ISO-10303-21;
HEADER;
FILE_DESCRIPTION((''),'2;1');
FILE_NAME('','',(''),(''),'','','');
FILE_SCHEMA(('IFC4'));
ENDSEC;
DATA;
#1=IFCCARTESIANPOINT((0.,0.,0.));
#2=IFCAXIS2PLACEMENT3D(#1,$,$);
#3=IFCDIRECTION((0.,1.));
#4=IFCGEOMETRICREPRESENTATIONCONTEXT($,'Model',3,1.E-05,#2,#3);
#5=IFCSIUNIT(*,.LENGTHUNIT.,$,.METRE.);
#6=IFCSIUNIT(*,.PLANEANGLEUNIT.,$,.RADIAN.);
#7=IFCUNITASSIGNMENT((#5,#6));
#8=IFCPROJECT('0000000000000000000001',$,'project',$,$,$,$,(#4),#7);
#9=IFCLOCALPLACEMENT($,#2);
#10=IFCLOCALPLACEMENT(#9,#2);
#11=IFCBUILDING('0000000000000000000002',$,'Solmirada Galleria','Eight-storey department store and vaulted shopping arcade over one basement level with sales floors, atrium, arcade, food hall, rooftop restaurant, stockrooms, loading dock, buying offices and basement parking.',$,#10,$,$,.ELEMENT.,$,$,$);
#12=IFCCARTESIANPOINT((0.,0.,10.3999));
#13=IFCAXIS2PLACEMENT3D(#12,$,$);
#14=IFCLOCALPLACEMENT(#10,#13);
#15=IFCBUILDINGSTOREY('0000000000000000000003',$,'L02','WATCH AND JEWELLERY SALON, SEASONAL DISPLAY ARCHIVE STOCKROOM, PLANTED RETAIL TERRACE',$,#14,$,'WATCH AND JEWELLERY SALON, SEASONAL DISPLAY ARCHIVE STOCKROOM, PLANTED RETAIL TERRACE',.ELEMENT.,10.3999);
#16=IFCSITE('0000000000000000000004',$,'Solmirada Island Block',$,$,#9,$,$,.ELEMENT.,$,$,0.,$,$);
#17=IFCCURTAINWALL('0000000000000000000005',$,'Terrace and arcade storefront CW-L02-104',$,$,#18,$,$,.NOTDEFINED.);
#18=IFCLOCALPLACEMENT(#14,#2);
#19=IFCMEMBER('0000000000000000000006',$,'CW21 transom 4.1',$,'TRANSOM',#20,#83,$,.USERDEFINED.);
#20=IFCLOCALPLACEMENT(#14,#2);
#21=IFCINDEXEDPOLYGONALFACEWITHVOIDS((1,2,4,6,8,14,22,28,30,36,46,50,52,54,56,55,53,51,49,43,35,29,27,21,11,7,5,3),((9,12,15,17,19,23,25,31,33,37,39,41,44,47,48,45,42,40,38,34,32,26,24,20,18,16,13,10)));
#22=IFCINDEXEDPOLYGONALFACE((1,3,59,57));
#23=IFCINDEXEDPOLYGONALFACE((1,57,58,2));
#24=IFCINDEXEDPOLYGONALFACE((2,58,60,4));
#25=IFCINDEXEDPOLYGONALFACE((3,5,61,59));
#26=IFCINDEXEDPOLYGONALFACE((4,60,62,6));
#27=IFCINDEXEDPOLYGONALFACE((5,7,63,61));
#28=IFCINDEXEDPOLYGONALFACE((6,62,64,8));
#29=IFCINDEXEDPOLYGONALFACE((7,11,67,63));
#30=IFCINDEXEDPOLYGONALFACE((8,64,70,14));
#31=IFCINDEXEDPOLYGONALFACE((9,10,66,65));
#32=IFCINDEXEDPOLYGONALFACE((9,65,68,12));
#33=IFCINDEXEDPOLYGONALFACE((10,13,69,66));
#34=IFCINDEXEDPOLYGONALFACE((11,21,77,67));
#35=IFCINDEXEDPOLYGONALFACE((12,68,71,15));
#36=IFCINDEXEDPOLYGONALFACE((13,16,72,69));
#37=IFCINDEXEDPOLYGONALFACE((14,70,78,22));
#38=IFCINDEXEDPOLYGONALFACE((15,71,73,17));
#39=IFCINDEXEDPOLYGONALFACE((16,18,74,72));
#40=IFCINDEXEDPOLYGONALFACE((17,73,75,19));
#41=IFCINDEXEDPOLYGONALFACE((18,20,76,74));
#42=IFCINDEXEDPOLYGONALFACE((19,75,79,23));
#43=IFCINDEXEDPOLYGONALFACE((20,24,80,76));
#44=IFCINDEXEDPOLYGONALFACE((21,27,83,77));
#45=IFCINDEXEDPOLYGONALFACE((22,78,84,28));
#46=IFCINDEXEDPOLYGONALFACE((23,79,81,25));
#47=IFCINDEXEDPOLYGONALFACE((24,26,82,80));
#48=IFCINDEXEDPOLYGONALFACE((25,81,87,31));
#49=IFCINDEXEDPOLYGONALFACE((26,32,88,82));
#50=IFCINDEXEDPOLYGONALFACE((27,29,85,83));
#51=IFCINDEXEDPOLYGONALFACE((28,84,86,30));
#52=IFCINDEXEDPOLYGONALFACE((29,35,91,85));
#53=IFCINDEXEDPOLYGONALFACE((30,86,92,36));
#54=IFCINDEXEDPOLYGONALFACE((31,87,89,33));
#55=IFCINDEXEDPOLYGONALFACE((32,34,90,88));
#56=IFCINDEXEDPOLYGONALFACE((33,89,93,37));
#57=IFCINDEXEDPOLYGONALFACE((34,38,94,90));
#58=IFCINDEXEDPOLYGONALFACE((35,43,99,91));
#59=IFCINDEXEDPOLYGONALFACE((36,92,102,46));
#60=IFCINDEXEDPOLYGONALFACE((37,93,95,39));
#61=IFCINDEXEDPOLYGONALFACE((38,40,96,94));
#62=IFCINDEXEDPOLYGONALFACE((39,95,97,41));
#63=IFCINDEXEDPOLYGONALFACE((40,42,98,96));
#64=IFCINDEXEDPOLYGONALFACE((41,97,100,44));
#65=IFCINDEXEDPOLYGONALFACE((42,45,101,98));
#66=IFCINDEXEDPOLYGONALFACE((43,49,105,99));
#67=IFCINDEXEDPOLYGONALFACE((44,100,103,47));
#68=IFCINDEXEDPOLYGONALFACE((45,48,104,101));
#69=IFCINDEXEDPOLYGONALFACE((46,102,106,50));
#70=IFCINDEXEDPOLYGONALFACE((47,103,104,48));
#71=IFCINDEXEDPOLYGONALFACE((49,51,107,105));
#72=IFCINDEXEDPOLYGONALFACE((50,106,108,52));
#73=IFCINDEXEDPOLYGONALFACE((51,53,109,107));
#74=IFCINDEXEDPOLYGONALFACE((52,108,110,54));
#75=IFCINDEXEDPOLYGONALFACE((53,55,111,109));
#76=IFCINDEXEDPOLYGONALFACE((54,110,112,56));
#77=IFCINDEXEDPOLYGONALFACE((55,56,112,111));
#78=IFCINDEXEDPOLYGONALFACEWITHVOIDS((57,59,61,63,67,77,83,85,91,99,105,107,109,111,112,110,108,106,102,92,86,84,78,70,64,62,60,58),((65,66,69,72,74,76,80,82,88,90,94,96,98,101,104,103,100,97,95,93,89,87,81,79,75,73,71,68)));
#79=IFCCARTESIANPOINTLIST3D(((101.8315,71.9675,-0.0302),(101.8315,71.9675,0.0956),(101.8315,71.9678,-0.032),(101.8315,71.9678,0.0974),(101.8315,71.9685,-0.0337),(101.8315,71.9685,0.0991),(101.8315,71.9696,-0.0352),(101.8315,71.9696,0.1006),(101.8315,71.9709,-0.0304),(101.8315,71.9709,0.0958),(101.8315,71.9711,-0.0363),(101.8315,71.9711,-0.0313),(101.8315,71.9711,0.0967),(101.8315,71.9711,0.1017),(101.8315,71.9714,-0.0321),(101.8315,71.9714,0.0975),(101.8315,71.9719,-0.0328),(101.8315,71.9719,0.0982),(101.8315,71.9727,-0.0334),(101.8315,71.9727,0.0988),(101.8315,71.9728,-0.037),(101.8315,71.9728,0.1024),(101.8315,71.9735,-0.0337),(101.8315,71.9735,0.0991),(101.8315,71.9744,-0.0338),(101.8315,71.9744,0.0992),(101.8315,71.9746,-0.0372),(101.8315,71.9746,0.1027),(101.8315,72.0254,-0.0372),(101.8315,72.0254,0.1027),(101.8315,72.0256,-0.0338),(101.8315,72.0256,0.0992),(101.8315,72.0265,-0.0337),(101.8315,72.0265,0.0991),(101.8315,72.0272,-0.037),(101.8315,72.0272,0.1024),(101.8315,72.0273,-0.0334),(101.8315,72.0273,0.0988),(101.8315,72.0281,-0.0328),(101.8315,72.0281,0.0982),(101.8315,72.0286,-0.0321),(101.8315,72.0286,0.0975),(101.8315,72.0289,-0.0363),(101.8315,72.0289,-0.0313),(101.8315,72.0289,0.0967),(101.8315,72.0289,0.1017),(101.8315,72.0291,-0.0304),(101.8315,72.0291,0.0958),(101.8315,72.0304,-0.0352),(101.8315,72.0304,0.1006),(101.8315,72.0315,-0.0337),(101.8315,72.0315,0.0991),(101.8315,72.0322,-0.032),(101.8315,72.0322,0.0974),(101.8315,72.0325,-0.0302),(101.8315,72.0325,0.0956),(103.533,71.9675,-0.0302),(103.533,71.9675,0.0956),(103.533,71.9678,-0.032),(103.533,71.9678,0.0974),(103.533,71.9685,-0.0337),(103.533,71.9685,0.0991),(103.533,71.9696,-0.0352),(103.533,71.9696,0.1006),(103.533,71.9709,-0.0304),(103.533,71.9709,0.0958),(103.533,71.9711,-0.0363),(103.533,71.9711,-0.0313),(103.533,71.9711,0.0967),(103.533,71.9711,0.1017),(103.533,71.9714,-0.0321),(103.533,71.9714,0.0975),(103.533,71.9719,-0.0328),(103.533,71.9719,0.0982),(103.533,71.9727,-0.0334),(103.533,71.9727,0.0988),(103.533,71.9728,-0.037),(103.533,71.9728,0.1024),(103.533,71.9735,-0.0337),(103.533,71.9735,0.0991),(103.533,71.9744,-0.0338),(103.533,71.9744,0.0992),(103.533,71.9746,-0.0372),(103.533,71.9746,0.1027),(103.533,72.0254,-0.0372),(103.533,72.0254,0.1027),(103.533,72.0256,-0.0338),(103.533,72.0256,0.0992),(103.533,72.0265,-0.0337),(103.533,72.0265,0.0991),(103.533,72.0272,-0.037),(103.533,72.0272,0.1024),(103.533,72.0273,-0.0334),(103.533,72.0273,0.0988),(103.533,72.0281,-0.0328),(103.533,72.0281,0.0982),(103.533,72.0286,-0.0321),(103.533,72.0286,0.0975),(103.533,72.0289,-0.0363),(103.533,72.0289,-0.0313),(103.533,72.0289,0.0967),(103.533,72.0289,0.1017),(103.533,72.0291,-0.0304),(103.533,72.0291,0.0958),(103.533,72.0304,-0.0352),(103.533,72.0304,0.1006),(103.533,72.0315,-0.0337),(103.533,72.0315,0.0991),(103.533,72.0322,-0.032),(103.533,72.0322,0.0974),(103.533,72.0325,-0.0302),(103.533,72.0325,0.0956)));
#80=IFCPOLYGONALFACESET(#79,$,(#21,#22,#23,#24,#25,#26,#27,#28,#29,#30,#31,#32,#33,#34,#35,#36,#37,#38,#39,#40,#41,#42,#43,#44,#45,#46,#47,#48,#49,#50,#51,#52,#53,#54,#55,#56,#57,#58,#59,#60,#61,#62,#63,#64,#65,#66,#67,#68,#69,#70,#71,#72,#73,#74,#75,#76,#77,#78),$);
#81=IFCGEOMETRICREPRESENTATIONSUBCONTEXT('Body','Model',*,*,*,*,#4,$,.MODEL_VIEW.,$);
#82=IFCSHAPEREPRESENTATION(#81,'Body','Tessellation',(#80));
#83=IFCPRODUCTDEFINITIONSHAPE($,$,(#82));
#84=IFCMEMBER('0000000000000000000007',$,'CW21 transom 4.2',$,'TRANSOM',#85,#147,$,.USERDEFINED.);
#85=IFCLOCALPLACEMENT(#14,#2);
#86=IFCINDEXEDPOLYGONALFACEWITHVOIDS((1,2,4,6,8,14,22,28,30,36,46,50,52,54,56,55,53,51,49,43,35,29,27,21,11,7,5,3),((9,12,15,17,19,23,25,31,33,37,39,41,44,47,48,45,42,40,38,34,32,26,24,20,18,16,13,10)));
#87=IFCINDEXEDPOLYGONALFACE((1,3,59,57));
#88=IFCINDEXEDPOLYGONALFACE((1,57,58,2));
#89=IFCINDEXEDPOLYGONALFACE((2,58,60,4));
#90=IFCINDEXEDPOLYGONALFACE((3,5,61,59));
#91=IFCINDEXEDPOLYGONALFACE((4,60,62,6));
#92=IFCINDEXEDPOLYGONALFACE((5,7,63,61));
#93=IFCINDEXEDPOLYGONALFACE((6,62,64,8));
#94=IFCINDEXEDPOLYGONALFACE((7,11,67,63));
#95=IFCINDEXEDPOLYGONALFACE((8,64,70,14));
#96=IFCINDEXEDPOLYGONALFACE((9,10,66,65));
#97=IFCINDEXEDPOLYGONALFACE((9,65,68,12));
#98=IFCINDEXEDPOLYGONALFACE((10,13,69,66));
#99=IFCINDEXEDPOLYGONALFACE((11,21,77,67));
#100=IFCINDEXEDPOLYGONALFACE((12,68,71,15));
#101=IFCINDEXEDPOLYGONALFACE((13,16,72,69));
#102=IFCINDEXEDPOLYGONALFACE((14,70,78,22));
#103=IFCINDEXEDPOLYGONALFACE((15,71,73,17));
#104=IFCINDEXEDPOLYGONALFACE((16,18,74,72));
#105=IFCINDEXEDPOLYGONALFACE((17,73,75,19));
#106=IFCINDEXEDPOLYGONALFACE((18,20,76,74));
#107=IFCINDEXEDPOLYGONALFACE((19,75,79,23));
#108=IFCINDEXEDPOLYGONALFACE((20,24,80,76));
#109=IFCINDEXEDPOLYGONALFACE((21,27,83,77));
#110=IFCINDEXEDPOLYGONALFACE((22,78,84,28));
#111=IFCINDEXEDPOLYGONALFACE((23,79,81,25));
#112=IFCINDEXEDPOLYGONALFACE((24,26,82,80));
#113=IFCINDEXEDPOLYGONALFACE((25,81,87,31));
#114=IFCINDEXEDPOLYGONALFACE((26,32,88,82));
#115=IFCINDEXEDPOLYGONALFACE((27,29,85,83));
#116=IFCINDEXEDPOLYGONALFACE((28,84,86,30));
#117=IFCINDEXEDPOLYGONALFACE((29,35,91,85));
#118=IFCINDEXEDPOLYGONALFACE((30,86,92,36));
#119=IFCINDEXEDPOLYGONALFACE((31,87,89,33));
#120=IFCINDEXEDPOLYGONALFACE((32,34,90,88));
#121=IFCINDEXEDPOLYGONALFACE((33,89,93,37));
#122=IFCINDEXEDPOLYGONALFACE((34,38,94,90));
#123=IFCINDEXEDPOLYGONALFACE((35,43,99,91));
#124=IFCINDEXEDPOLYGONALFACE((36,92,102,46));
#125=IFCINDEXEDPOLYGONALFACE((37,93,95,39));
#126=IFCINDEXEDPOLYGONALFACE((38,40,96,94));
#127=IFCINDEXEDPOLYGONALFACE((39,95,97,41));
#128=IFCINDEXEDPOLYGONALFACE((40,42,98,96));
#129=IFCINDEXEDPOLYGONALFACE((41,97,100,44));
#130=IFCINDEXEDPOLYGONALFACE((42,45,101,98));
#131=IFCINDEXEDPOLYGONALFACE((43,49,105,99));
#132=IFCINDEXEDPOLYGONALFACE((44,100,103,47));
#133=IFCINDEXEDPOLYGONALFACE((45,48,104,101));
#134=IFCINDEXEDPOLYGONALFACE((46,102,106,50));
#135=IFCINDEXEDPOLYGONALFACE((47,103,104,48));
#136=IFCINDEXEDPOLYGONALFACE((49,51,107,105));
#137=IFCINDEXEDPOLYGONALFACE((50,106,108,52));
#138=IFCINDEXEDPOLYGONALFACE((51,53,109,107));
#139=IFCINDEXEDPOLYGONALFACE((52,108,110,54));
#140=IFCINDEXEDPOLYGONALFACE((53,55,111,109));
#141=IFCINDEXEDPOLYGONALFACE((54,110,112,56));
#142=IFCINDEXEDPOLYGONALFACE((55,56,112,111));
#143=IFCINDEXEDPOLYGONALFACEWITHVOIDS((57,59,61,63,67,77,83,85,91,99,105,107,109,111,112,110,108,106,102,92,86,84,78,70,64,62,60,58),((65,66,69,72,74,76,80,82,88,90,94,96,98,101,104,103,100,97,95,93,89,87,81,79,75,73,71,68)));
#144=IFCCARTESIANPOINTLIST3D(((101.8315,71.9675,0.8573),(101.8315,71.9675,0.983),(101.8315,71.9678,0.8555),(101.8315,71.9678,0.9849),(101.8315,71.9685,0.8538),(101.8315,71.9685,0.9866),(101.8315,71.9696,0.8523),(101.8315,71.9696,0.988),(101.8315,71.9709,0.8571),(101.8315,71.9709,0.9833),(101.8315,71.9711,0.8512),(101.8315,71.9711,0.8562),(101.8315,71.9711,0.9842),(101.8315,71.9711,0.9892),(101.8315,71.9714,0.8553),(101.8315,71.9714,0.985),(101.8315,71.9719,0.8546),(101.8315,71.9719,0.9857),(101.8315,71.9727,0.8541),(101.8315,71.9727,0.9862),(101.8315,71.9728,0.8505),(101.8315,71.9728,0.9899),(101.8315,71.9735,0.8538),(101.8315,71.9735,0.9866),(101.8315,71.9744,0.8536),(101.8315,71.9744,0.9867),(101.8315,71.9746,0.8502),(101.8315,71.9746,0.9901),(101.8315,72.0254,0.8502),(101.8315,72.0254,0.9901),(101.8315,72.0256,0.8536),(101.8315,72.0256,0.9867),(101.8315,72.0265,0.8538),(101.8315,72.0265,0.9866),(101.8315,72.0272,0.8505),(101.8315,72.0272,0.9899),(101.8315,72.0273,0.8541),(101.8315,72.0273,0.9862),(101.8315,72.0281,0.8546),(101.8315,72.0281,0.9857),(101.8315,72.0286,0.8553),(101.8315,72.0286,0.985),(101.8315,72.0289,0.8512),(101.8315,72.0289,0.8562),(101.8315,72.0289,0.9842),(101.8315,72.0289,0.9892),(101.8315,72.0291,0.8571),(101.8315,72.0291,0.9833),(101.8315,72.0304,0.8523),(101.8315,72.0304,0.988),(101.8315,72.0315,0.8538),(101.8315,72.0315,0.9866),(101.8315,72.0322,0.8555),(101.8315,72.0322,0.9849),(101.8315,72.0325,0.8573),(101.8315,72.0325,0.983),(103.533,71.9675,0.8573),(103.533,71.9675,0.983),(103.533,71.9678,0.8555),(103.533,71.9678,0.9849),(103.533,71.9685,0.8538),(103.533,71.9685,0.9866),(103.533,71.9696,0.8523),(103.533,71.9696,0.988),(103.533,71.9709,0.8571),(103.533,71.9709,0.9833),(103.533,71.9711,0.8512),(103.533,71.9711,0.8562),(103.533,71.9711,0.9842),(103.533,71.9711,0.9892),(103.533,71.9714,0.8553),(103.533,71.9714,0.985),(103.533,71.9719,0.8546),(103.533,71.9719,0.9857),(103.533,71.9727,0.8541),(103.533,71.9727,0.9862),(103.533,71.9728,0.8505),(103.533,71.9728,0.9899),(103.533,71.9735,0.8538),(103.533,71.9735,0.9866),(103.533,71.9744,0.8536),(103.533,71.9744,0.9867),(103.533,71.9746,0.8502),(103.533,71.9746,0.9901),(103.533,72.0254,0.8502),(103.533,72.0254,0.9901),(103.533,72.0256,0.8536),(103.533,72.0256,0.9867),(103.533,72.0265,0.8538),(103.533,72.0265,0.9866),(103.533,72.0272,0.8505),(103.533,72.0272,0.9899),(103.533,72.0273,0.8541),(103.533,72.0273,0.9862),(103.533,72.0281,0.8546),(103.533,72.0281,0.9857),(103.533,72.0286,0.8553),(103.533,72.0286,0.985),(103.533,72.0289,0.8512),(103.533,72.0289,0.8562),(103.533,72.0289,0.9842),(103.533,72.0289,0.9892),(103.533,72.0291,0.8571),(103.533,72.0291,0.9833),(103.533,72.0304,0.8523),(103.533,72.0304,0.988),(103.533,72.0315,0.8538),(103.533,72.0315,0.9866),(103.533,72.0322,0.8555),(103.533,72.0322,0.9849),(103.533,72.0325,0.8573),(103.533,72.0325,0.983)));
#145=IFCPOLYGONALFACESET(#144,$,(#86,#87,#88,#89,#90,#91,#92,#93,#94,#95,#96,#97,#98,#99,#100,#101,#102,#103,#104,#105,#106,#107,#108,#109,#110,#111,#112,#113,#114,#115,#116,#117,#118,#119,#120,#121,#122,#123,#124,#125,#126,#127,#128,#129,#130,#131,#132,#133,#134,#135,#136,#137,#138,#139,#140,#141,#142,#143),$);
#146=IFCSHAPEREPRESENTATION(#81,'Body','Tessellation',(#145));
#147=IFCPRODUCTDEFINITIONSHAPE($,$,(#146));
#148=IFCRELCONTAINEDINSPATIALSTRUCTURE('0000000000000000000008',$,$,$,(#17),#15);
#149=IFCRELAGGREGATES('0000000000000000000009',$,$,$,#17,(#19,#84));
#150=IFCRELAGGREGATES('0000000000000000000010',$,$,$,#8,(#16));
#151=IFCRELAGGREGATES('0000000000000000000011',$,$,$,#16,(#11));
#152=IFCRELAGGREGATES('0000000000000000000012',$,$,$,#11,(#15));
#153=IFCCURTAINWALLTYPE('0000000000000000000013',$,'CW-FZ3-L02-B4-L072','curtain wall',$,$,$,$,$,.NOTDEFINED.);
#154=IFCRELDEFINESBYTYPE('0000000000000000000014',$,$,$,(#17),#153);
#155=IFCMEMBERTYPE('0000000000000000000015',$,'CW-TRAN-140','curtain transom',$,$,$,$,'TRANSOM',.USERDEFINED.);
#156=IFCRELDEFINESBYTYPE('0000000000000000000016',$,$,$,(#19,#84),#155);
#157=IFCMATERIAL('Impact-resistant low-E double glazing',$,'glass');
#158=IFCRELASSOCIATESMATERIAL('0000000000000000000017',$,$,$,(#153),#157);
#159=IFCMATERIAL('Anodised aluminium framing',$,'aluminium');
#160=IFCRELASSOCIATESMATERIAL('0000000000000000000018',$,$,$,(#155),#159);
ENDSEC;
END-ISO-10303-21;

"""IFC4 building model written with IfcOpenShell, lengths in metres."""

from ifc_helpers import new_model, si_unit, direction, frame, origin, origin_2d, place, context, subcontext, project, spatial, hollow_rectangle, extrude, material, material_profile, profile_set, type_object, element, aggregate, save


model = new_model("IFC4")

# Units and contexts
model_context = context("Model", 3, precision=1e-05, world=origin(), true_north=direction((0.0, 1.0)))
body_context = subcontext(model_context, "Body", "Model", "MODEL_VIEW")
ifc_project = project(units=[si_unit("LENGTHUNIT", "METRE"), si_unit("PLANEANGLEUNIT", "RADIAN")], contexts=[model_context])

# Site, building, storey
site_placement = place(None, origin())
site = spatial("IfcSite", under=ifc_project, at=site_placement, Name="Solmirada Island Block", CompositionType="ELEMENT", RefElevation=0.0)
building_placement = place(site_placement, origin())
building = spatial("IfcBuilding", under=site, at=building_placement, Name="Solmirada Galleria", Description="Eight-storey department store and vaulted shopping arcade over one basement level with sales floors, atrium, arcade, food hall, rooftop restaurant, stockrooms, loading dock, buying offices and basement parking.", CompositionType="ELEMENT")
storey_placement = place(building_placement, frame((0.0, 0.0, 10.3999)))
storey = spatial("IfcBuildingStorey", under=building, at=storey_placement, Name="L02", Description="WATCH AND JEWELLERY SALON, SEASONAL DISPLAY ARCHIVE STOCKROOM, PLANTED RETAIL TERRACE", LongName="WATCH AND JEWELLERY SALON, SEASONAL DISPLAY ARCHIVE STOCKROOM, PLANTED RETAIL TERRACE", CompositionType="ELEMENT", Elevation=10.3999)

# Curtain wall
ifc_material_1 = material(Name="Impact-resistant low-E double glazing", Category="glass")
curtain_wall_type = type_object("IfcCurtainWallType", Name="CW-FZ3-L02-B4-L072", Description="curtain wall", PredefinedType="NOTDEFINED", material=ifc_material_1)
curtain_wall_1_placement = place(storey_placement, origin())
curtain_wall_1 = element("IfcCurtainWall", 1, at=curtain_wall_1_placement, inside=storey, type_object=curtain_wall_type, Name="Terrace and arcade storefront CW-L02-104", PredefinedType="NOTDEFINED")
ifc_material_2 = material(Name="Anodised aluminium framing", Category="aluminium")

# Members
ifc_material_profile_1 = material_profile(ifc_material_2, hollow_rectangle(XDim=0.0649, YDim=0.1399, WallThickness=0.0034, InnerFilletRadius=0.0034, OuterFilletRadius=0.0071, at=origin_2d()), Name="ALU-TRAN-140X65")
ifc_profile_set_1 = profile_set([ifc_material_profile_1], Name="Anodised aluminium framing")
member_type_1 = type_object("IfcMemberType", Name="CW-TRAN-140", Description="curtain transom", ElementType="TRANSOM", PredefinedType="USERDEFINED", material=ifc_profile_set_1)
member_1_placement = place(storey_placement, frame((101.8315, 72.0, 0.0327), z_axis=(1.0, 0.0, 0.0), x_axis=(0.0, 1.0, 0.0)))
member_1 = element("IfcMember", 2, at=member_1_placement, type_object=member_type_1, Name="CW21 transom 4.1", ObjectType="TRANSOM", PredefinedType="USERDEFINED", context=body_context, shape_type="SweptSolid", body=[
    extrude(hollow_rectangle(XDim=0.0649, YDim=0.1399, WallThickness=0.0034, InnerFilletRadius=0.0034, OuterFilletRadius=0.0071, at=origin_2d()), origin(), (0.0, 0.0, 1.0), 1.7014),
])
member_2_placement = place(storey_placement, frame((101.8315, 72.0, 0.9202), z_axis=(1.0, 0.0, 0.0), x_axis=(0.0, 1.0, 0.0)))
member_2 = element("IfcMember", 3, at=member_2_placement, type_object=member_type_1, Name="CW21 transom 4.2", ObjectType="TRANSOM", PredefinedType="USERDEFINED", context=body_context, shape_type="SweptSolid", body=[
    extrude(hollow_rectangle(XDim=0.0649, YDim=0.1399, WallThickness=0.0034, InnerFilletRadius=0.0034, OuterFilletRadius=0.0071, at=origin_2d()), origin(), (0.0, 0.0, 1.0), 1.7014),
])

aggregate(curtain_wall_1, [member_1, member_2])

save(model, "model.ifc")
